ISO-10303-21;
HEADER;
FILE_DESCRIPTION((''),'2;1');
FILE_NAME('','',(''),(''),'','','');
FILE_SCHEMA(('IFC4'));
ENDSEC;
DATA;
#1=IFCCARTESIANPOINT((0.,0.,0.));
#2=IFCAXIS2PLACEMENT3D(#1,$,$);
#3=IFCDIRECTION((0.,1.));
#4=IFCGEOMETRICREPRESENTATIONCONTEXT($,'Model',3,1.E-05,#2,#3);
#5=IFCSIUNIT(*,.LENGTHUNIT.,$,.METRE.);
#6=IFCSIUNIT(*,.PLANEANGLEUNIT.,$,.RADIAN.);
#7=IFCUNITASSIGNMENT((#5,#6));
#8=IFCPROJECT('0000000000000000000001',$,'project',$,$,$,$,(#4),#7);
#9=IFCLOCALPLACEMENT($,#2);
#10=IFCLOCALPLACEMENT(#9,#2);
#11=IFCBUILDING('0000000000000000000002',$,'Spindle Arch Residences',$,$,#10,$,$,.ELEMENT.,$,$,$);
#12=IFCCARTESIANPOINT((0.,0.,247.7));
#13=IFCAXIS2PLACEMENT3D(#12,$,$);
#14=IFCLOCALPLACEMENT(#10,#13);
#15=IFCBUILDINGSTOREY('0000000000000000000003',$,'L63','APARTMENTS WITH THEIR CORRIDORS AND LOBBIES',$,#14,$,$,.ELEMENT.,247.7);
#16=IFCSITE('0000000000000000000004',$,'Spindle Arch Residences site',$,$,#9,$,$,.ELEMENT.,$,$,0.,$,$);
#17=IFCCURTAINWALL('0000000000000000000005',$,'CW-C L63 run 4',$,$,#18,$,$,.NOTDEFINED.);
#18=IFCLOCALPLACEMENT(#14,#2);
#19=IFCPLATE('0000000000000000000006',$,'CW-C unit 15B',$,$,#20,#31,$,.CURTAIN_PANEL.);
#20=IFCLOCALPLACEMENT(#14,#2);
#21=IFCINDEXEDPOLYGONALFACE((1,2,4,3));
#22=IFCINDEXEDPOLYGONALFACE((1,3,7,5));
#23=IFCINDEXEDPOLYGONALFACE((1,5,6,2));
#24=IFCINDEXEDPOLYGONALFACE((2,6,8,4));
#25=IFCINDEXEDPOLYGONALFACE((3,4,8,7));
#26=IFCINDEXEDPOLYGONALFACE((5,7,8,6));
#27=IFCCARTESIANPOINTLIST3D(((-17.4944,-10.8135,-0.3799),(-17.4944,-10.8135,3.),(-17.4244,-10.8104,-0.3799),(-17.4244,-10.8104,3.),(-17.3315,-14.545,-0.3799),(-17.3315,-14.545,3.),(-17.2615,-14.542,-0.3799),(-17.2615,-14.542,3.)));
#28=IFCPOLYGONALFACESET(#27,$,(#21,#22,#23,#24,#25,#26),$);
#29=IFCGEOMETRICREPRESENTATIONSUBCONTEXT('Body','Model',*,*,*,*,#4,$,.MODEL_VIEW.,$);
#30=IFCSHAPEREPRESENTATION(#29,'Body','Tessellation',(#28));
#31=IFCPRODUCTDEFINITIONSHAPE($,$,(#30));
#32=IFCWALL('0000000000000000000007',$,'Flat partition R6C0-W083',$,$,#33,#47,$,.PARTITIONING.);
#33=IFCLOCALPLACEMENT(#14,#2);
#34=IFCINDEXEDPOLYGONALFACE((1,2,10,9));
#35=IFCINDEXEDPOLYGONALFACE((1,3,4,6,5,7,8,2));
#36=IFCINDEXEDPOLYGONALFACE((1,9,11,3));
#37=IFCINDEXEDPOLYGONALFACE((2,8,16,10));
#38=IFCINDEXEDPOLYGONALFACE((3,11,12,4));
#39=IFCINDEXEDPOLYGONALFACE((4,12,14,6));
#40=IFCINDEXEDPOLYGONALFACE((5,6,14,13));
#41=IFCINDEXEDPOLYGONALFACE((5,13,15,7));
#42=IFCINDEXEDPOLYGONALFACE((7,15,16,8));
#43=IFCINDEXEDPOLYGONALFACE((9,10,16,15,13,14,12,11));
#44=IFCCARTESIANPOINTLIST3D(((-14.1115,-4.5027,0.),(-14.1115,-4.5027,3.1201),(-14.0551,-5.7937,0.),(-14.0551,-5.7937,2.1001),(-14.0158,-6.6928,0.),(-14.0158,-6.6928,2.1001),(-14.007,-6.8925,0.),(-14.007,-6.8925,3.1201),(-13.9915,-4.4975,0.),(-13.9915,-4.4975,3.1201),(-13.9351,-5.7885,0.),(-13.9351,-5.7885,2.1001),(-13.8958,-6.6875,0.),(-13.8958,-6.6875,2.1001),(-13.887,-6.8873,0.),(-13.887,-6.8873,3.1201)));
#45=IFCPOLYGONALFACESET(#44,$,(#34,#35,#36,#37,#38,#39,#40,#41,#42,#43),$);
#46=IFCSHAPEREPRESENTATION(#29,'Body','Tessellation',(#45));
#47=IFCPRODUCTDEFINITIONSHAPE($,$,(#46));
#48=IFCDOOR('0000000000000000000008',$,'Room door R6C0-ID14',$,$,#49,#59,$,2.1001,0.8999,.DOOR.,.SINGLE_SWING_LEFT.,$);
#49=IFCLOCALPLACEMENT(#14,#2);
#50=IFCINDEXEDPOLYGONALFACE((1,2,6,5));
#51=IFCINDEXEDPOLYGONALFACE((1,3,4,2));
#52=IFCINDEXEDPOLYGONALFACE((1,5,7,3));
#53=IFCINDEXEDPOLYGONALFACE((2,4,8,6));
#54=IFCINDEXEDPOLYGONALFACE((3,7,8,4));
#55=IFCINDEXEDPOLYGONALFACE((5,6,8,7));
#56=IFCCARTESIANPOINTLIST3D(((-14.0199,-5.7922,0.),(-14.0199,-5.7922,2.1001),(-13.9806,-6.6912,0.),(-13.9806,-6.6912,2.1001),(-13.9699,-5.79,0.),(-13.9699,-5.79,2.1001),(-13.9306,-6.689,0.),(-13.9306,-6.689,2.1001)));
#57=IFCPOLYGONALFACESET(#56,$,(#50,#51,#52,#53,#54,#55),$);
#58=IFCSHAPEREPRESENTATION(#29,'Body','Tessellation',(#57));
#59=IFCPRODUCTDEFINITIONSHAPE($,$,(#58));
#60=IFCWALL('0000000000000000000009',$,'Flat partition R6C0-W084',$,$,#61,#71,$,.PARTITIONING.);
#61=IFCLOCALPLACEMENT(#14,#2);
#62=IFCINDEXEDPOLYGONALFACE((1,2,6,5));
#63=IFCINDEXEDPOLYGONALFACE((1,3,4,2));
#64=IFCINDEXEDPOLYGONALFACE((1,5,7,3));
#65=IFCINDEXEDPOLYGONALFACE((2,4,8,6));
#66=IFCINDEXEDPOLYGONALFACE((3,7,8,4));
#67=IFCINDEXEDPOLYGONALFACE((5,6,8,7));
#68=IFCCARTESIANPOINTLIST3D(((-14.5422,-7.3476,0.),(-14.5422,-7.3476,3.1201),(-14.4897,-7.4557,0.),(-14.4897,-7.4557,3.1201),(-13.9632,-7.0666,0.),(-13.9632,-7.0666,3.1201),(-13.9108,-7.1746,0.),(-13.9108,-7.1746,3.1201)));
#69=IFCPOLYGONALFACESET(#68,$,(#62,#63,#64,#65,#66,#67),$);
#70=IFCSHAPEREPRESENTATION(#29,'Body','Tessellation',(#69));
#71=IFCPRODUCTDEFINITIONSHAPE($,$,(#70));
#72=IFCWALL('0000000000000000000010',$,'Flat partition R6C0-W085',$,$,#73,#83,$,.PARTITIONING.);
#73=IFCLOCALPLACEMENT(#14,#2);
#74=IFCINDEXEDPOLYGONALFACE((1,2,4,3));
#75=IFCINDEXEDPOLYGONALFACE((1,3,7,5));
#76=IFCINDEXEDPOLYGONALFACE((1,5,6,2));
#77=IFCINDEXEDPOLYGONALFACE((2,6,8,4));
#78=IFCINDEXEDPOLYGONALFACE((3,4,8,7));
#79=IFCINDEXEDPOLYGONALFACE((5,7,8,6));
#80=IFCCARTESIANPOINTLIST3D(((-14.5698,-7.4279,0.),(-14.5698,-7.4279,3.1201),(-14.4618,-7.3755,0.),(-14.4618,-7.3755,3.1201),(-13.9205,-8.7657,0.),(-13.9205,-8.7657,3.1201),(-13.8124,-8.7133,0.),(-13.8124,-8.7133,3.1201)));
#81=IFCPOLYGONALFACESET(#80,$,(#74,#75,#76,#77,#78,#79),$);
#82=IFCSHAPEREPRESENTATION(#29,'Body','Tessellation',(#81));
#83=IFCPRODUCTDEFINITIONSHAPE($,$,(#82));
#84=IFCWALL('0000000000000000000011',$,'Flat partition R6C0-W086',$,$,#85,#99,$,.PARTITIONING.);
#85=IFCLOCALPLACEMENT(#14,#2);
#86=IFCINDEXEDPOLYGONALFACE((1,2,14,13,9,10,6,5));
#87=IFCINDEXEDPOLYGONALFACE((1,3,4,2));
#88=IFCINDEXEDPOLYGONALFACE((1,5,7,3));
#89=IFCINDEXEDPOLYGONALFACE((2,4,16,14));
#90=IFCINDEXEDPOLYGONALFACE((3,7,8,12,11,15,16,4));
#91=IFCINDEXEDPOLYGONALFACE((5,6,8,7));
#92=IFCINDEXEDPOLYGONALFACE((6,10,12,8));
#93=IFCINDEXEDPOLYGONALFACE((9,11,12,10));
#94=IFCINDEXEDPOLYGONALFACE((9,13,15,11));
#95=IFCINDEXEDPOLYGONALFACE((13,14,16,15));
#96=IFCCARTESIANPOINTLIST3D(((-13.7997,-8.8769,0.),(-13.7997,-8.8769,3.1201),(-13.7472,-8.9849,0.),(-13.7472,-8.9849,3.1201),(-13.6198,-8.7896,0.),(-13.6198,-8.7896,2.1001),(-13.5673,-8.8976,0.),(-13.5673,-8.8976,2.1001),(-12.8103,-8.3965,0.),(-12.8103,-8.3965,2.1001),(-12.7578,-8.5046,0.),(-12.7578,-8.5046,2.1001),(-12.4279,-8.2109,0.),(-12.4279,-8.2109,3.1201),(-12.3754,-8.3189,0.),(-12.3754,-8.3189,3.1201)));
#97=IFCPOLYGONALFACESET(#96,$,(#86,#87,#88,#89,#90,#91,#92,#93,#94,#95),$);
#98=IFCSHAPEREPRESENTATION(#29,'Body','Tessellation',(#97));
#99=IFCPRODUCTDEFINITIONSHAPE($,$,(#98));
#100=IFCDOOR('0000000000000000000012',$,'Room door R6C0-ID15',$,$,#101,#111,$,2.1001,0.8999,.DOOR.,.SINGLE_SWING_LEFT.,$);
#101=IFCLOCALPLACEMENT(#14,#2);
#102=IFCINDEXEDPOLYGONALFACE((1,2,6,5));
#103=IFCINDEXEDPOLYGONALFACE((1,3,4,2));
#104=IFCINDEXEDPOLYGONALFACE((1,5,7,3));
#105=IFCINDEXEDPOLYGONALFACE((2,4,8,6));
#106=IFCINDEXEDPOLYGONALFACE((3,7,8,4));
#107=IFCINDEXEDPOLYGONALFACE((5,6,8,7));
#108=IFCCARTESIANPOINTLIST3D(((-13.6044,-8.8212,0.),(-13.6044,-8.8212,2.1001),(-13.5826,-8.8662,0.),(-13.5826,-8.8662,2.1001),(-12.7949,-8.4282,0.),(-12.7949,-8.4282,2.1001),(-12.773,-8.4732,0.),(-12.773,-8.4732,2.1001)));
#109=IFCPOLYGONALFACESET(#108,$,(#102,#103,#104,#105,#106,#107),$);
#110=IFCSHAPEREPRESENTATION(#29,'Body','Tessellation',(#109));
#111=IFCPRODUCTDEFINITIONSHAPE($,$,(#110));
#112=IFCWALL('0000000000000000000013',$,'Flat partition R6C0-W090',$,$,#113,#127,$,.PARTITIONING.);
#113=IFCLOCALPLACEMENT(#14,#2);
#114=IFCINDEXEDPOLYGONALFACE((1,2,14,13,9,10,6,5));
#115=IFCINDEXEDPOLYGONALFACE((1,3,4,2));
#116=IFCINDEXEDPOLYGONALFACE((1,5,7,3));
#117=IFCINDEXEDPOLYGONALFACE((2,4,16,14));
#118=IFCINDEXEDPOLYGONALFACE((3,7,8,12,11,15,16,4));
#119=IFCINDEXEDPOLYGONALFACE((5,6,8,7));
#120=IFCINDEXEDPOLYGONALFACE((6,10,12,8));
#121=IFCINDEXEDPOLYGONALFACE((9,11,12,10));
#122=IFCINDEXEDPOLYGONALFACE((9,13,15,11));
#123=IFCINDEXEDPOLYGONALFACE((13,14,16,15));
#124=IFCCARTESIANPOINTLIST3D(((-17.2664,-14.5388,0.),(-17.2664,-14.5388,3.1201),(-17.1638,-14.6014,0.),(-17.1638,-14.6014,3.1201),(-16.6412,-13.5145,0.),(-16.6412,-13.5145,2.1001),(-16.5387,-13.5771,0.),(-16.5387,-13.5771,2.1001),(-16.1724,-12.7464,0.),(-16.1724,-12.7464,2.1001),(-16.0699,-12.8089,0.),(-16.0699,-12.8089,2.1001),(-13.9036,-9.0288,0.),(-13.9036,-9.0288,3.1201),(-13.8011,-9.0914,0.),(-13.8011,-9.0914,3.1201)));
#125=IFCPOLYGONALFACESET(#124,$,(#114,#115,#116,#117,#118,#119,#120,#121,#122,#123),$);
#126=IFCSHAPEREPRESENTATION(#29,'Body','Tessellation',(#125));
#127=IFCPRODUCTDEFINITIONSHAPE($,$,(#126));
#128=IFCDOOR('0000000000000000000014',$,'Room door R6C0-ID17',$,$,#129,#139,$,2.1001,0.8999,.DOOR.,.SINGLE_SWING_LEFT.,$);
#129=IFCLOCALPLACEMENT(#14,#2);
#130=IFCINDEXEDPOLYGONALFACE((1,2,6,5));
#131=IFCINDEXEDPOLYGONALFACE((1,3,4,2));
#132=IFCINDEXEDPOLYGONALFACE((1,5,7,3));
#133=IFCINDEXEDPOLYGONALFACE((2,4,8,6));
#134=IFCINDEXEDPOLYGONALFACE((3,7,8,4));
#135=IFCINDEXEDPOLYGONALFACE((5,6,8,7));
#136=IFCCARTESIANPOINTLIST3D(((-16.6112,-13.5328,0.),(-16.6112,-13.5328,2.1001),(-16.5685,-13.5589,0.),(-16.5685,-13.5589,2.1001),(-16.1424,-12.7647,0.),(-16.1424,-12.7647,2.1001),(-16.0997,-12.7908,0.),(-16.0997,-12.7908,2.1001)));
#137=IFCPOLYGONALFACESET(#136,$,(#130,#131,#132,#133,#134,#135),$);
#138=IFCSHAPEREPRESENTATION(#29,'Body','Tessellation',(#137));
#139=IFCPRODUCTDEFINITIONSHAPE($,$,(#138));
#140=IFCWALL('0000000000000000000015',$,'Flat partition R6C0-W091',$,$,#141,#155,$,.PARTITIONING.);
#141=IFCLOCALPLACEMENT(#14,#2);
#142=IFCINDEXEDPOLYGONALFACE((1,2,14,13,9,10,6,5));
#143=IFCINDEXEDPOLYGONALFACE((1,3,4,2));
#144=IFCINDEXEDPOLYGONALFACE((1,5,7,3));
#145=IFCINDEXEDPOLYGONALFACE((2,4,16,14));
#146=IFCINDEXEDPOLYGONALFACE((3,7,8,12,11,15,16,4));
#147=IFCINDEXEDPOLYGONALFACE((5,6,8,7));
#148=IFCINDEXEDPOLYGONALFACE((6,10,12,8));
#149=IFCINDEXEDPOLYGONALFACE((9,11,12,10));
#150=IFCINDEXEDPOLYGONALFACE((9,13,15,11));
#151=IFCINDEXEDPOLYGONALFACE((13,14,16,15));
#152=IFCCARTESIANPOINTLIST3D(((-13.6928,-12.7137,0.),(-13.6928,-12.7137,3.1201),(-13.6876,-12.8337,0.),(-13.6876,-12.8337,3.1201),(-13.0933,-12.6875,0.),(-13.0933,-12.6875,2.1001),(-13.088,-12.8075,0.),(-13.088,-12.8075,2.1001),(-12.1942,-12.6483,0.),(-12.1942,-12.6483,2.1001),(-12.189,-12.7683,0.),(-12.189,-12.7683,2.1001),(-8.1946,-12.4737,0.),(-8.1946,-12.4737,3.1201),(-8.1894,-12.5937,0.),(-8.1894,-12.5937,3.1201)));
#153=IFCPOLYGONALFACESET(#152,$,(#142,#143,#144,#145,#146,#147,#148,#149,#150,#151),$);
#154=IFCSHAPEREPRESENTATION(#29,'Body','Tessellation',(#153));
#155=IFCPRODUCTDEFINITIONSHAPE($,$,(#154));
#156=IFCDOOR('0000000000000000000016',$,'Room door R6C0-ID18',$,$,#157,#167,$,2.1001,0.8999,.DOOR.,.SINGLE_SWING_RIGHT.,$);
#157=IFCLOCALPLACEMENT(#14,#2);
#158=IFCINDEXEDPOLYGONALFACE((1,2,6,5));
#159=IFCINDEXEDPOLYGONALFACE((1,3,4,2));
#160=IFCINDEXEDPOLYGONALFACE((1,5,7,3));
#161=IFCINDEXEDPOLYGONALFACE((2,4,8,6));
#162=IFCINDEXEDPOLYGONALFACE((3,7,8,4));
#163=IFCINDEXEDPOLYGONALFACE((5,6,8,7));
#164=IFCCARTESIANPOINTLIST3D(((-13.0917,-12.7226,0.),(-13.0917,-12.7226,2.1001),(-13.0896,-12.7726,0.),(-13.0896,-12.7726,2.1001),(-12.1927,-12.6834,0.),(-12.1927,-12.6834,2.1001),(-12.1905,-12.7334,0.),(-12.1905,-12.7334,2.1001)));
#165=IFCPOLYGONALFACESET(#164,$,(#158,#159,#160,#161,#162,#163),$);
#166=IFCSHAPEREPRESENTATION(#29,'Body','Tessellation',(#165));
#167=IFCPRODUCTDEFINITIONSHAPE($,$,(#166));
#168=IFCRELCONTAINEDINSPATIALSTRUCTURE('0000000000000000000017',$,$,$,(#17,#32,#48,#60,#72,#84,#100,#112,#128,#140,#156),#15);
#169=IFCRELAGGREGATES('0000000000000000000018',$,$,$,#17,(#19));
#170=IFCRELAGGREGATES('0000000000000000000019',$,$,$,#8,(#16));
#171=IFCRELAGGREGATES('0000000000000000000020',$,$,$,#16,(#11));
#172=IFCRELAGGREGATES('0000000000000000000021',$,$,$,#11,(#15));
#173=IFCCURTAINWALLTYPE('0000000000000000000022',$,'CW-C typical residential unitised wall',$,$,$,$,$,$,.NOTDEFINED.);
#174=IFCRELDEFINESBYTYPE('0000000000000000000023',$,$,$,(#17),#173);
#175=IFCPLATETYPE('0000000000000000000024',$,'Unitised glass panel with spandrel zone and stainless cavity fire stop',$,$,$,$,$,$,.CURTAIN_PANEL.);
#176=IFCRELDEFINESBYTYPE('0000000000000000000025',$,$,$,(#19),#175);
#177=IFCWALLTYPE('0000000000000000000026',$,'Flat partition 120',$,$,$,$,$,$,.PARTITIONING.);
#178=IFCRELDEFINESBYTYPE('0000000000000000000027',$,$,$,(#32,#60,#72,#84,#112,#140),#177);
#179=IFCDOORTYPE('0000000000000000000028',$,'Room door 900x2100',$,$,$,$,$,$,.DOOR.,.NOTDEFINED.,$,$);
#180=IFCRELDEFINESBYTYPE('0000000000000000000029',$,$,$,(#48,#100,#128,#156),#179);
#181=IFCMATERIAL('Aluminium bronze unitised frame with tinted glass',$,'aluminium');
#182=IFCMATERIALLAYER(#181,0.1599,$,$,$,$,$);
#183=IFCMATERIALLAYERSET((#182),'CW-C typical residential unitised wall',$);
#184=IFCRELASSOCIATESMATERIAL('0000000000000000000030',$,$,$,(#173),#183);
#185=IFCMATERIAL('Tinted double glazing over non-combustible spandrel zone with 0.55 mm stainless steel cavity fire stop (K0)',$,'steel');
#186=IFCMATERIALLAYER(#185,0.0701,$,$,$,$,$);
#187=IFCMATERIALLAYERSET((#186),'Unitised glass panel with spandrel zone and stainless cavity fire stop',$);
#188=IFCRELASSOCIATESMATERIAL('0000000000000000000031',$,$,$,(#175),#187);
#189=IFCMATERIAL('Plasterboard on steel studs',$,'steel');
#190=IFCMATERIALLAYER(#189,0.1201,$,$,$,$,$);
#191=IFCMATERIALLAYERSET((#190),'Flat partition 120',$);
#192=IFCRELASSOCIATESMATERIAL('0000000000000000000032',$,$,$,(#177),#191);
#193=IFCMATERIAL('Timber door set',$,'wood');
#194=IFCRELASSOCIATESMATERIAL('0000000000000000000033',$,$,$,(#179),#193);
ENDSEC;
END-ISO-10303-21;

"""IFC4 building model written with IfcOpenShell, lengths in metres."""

from ifc_helpers import new_model, si_unit, direction, frame, frame_2d, origin, origin_2d, place, context, subcontext, project, spatial, rectangle, extrude, material, layer, layer_set, type_object, element, fill, aggregate, save


model = new_model("IFC4")

# Units and contexts
model_context = context("Model", 3, precision=1e-05, world=origin(), true_north=direction((0.0, 1.0)))
body_context = subcontext(model_context, "Body", "Model", "MODEL_VIEW")
ifc_project = project(units=[si_unit("LENGTHUNIT", "METRE"), si_unit("PLANEANGLEUNIT", "RADIAN")], contexts=[model_context])

# Site, building, storey
site_placement = place(None, origin())
site = spatial("IfcSite", under=ifc_project, at=site_placement, Name="Spindle Arch Residences site", CompositionType="ELEMENT", RefElevation=0.0)
building_placement = place(site_placement, origin())
building = spatial("IfcBuilding", under=site, at=building_placement, Name="Spindle Arch Residences", CompositionType="ELEMENT")
storey_placement = place(building_placement, frame((0.0, 0.0, 247.7)))
storey = spatial("IfcBuildingStorey", under=building, at=storey_placement, Name="L63", Description="APARTMENTS WITH THEIR CORRIDORS AND LOBBIES", CompositionType="ELEMENT", Elevation=247.7)

# Curtain wall
ifc_material_1 = material(Name="Aluminium bronze unitised frame with tinted glass", Category="aluminium")
ifc_layer_1 = layer(ifc_material_1, 0.1599)
ifc_layer_set_1 = layer_set([ifc_layer_1], Name="CW-C typical residential unitised wall")
curtain_wall_type_1 = type_object("IfcCurtainWallType", Name="CW-C typical residential unitised wall", PredefinedType="NOTDEFINED", material=ifc_layer_set_1)
curtain_wall_1_placement = place(storey_placement, origin())
curtain_wall_1 = element("IfcCurtainWall", 1, at=curtain_wall_1_placement, inside=storey, type_object=curtain_wall_type_1, Name="CW-C L63 run 4", PredefinedType="NOTDEFINED")

# Plate
ifc_material_2 = material(Name="Tinted double glazing over non-combustible spandrel zone with 0.55 mm stainless steel cavity fire stop (K0)", Category="steel")
ifc_layer_2 = layer(ifc_material_2, 0.0701)
ifc_layer_set_2 = layer_set([ifc_layer_2], Name="Unitised glass panel with spandrel zone and stainless cavity fire stop")
plate_type = type_object("IfcPlateType", Name="Unitised glass panel with spandrel zone and stainless cavity fire stop", PredefinedType="CURTAIN_PANEL", material=ifc_layer_set_2)
plate_1_placement = place(storey_placement, frame((-17.3779, -12.6777, -0.3799), z_axis=(0.0, 0.0, 1.0), x_axis=(0.043619, -0.999048, 0.0)))
plate_1 = element("IfcPlate", 2, at=plate_1_placement, type_object=plate_type, Name="CW-C unit 15B", PredefinedType="CURTAIN_PANEL", context=body_context, shape_type="SweptSolid", body=[
    extrude(rectangle(XDim=3.7351, YDim=0.0701, at=origin_2d()), origin(), (0.0, 0.0, 1.0), 3.3799),
])
aggregate(curtain_wall_1, [plate_1])

# Wall, opening, door
ifc_material_3 = material(Name="Plasterboard on steel studs", Category="steel")
ifc_layer_3 = layer(ifc_material_3, 0.1201)
ifc_layer_set_3 = layer_set([ifc_layer_3], Name="Flat partition 120")
wall_type_1 = type_object("IfcWallType", Name="Flat partition 120", PredefinedType="PARTITIONING", material=ifc_layer_set_3)
wall_1_placement = place(storey_placement, frame((-13.947, -6.8899, 0.0), z_axis=(0.0, 0.0, 1.0), x_axis=(-0.043681, 0.999046, 0.0)))
wall_1 = element("IfcWall", 3, at=wall_1_placement, inside=storey, type_object=wall_type_1, Name="Flat partition R6C0-W083", PredefinedType="PARTITIONING", context=body_context, shape_type="SweptSolid", body=[
    extrude(rectangle(XDim=2.3921, YDim=0.1201, at=frame_2d((1.196, 0.0))), origin(), (0.0, 0.0, 1.0), 3.1201),
])
opening_1_placement = place(wall_1_placement, frame((0.2, 0.0, 0.0)))
opening_1 = element("IfcOpeningElement", 4, at=opening_1_placement, cuts=wall_1, PredefinedType="OPENING", context=body_context, shape_type="SweptSolid", body=[
    extrude(rectangle(XDim=0.8999, YDim=2.1001, at=frame_2d((0.45, 1.05))), frame((0.0, 0.0701, 0.0), z_axis=(0.0, -1.0, 0.0), x_axis=(1.0, 0.0, 0.0)), (0.0, 0.0, 1.0), 0.1401),
])
ifc_material_4 = material(Name="Timber door set", Category="wood")
door_type_1 = type_object("IfcDoorType", Name="Room door 900x2100", OperationType="NOTDEFINED", PredefinedType="DOOR", material=ifc_material_4)
door_1_placement = place(opening_1_placement, origin())
door_1 = element("IfcDoor", 5, at=door_1_placement, inside=storey, type_object=door_type_1, Name="Room door R6C0-ID14", OperationType="SINGLE_SWING_LEFT", OverallHeight=2.1001, OverallWidth=0.8999, PredefinedType="DOOR", context=body_context, shape_type="SweptSolid", body=[
    extrude(rectangle(XDim=0.8999, YDim=2.1001, at=frame_2d((0.45, 1.05))), frame((0.0, 0.0249, 0.0), z_axis=(0.0, -1.0, 0.0), x_axis=(1.0, 0.0, 0.0)), (0.0, 0.0, 1.0), 0.05),
])
fill(opening_1, door_1)

# Walls
wall_2_placement = place(storey_placement, frame((-13.937, -7.1206, 0.0), z_axis=(0.0, 0.0, 1.0), x_axis=(-0.899602, -0.436711, 0.0)))
element("IfcWall", 6, at=wall_2_placement, inside=storey, type_object=wall_type_1, Name="Flat partition R6C0-W084", PredefinedType="PARTITIONING", context=body_context, shape_type="SweptSolid", body=[
    extrude(rectangle(XDim=0.6436, YDim=0.1201, at=frame_2d((0.3218, 0.0))), origin(), (0.0, 0.0, 1.0), 3.1201),
])
wall_3_placement = place(storey_placement, frame((-14.5159, -7.4016, 0.0), z_axis=(0.0, 0.0, 1.0), x_axis=(0.436676, -0.899619, 0.0)))
element("IfcWall", 7, at=wall_3_placement, inside=storey, type_object=wall_type_1, Name="Flat partition R6C0-W085", PredefinedType="PARTITIONING", context=body_context, shape_type="SweptSolid", body=[
    extrude(rectangle(XDim=1.4871, YDim=0.1201, at=frame_2d((0.7437, 0.0))), origin(), (0.0, 0.0, 1.0), 3.1201),
])

# Walls, openings, doors
wall_4_placement = place(storey_placement, frame((-13.7734, -8.9309, 0.0), z_axis=(0.0, 0.0, 1.0), x_axis=(0.899585, 0.436745, 0.0)))
wall_4 = element("IfcWall", 8, at=wall_4_placement, inside=storey, type_object=wall_type_1, Name="Flat partition R6C0-W086", PredefinedType="PARTITIONING", context=body_context, shape_type="SweptSolid", body=[
    extrude(rectangle(XDim=1.5249, YDim=0.1201, at=frame_2d((0.7625, 0.0))), origin(), (0.0, 0.0, 1.0), 3.1201),
])
opening_2_placement = place(wall_4_placement, frame((0.2, 0.0, 0.0)))
opening_2 = element("IfcOpeningElement", 9, at=opening_2_placement, cuts=wall_4, PredefinedType="OPENING", context=body_context, shape_type="SweptSolid", body=[
    extrude(rectangle(XDim=0.8999, YDim=2.1001, at=frame_2d((0.45, 1.05))), frame((0.0, 0.0701, 0.0), z_axis=(0.0, -1.0, 0.0), x_axis=(1.0, 0.0, 0.0)), (0.0, 0.0, 1.0), 0.1401),
])
door_2_placement = place(opening_2_placement, origin())
door_2 = element("IfcDoor", 10, at=door_2_placement, inside=storey, type_object=door_type_1, Name="Room door R6C0-ID15", OperationType="SINGLE_SWING_LEFT", OverallHeight=2.1001, OverallWidth=0.8999, PredefinedType="DOOR", context=body_context, shape_type="SweptSolid", body=[
    extrude(rectangle(XDim=0.8999, YDim=2.1001, at=frame_2d((0.45, 1.05))), frame((0.0, 0.0249, 0.0), z_axis=(0.0, -1.0, 0.0), x_axis=(1.0, 0.0, 0.0)), (0.0, 0.0, 1.0), 0.05),
])
fill(opening_2, door_2)
wall_5_placement = place(storey_placement, frame((-17.2151, -14.5701, 0.0), z_axis=(0.0, 0.0, 1.0), x_axis=(0.52095, 0.853587, 0.0)))
wall_5 = element("IfcWall", 11, at=wall_5_placement, inside=storey, type_object=wall_type_1, Name="Flat partition R6C0-W090", PredefinedType="PARTITIONING", context=body_context, shape_type="SweptSolid", body=[
    extrude(rectangle(XDim=6.4551, YDim=0.1201, at=frame_2d((3.2275, 0.0))), origin(), (0.0, 0.0, 1.0), 3.1201),
])
opening_3_placement = place(wall_5_placement, frame((1.2, 0.0, 0.0)))
opening_3 = element("IfcOpeningElement", 12, at=opening_3_placement, cuts=wall_5, PredefinedType="OPENING", context=body_context, shape_type="SweptSolid", body=[
    extrude(rectangle(XDim=0.8999, YDim=2.1001, at=frame_2d((0.45, 1.05))), frame((0.0, 0.0701, 0.0), z_axis=(0.0, -1.0, 0.0), x_axis=(1.0, 0.0, 0.0)), (0.0, 0.0, 1.0), 0.1401),
])
door_3_placement = place(opening_3_placement, origin())
door_3 = element("IfcDoor", 13, at=door_3_placement, inside=storey, type_object=door_type_1, Name="Room door R6C0-ID17", OperationType="SINGLE_SWING_LEFT", OverallHeight=2.1001, OverallWidth=0.8999, PredefinedType="DOOR", context=body_context, shape_type="SweptSolid", body=[
    extrude(rectangle(XDim=0.8999, YDim=2.1001, at=frame_2d((0.45, 1.05))), frame((0.0, 0.0249, 0.0), z_axis=(0.0, -1.0, 0.0), x_axis=(1.0, 0.0, 0.0)), (0.0, 0.0, 1.0), 0.05),
])
fill(opening_3, door_3)
wall_6_placement = place(storey_placement, frame((-13.6902, -12.7737, 0.0), z_axis=(0.0, 0.0, 1.0), x_axis=(0.999049, 0.043607, 0.0)))
wall_6 = element("IfcWall", 14, at=wall_6_placement, inside=storey, type_object=wall_type_1, Name="Flat partition R6C0-W091", PredefinedType="PARTITIONING", context=body_context, shape_type="SweptSolid", body=[
    extrude(rectangle(XDim=5.5034, YDim=0.1201, at=frame_2d((2.7517, 0.0))), origin(), (0.0, 0.0, 1.0), 3.1201),
])
opening_4_placement = place(wall_6_placement, frame((0.6001, 0.0, 0.0)))
opening_4 = element("IfcOpeningElement", 15, at=opening_4_placement, cuts=wall_6, PredefinedType="OPENING", context=body_context, shape_type="SweptSolid", body=[
    extrude(rectangle(XDim=0.8999, YDim=2.1001, at=frame_2d((0.45, 1.05))), frame((0.0, 0.0701, 0.0), z_axis=(0.0, -1.0, 0.0), x_axis=(1.0, 0.0, 0.0)), (0.0, 0.0, 1.0), 0.1401),
])
door_4_placement = place(opening_4_placement, origin())
door_4 = element("IfcDoor", 16, at=door_4_placement, inside=storey, type_object=door_type_1, Name="Room door R6C0-ID18", OperationType="SINGLE_SWING_RIGHT", OverallHeight=2.1001, OverallWidth=0.8999, PredefinedType="DOOR", context=body_context, shape_type="SweptSolid", body=[
    extrude(rectangle(XDim=0.8999, YDim=2.1001, at=frame_2d((0.45, 1.05))), frame((0.0, 0.0249, 0.0), z_axis=(0.0, -1.0, 0.0), x_axis=(1.0, 0.0, 0.0)), (0.0, 0.0, 1.0), 0.05),
])
fill(opening_4, door_4)

save(model, "model.ifc")
